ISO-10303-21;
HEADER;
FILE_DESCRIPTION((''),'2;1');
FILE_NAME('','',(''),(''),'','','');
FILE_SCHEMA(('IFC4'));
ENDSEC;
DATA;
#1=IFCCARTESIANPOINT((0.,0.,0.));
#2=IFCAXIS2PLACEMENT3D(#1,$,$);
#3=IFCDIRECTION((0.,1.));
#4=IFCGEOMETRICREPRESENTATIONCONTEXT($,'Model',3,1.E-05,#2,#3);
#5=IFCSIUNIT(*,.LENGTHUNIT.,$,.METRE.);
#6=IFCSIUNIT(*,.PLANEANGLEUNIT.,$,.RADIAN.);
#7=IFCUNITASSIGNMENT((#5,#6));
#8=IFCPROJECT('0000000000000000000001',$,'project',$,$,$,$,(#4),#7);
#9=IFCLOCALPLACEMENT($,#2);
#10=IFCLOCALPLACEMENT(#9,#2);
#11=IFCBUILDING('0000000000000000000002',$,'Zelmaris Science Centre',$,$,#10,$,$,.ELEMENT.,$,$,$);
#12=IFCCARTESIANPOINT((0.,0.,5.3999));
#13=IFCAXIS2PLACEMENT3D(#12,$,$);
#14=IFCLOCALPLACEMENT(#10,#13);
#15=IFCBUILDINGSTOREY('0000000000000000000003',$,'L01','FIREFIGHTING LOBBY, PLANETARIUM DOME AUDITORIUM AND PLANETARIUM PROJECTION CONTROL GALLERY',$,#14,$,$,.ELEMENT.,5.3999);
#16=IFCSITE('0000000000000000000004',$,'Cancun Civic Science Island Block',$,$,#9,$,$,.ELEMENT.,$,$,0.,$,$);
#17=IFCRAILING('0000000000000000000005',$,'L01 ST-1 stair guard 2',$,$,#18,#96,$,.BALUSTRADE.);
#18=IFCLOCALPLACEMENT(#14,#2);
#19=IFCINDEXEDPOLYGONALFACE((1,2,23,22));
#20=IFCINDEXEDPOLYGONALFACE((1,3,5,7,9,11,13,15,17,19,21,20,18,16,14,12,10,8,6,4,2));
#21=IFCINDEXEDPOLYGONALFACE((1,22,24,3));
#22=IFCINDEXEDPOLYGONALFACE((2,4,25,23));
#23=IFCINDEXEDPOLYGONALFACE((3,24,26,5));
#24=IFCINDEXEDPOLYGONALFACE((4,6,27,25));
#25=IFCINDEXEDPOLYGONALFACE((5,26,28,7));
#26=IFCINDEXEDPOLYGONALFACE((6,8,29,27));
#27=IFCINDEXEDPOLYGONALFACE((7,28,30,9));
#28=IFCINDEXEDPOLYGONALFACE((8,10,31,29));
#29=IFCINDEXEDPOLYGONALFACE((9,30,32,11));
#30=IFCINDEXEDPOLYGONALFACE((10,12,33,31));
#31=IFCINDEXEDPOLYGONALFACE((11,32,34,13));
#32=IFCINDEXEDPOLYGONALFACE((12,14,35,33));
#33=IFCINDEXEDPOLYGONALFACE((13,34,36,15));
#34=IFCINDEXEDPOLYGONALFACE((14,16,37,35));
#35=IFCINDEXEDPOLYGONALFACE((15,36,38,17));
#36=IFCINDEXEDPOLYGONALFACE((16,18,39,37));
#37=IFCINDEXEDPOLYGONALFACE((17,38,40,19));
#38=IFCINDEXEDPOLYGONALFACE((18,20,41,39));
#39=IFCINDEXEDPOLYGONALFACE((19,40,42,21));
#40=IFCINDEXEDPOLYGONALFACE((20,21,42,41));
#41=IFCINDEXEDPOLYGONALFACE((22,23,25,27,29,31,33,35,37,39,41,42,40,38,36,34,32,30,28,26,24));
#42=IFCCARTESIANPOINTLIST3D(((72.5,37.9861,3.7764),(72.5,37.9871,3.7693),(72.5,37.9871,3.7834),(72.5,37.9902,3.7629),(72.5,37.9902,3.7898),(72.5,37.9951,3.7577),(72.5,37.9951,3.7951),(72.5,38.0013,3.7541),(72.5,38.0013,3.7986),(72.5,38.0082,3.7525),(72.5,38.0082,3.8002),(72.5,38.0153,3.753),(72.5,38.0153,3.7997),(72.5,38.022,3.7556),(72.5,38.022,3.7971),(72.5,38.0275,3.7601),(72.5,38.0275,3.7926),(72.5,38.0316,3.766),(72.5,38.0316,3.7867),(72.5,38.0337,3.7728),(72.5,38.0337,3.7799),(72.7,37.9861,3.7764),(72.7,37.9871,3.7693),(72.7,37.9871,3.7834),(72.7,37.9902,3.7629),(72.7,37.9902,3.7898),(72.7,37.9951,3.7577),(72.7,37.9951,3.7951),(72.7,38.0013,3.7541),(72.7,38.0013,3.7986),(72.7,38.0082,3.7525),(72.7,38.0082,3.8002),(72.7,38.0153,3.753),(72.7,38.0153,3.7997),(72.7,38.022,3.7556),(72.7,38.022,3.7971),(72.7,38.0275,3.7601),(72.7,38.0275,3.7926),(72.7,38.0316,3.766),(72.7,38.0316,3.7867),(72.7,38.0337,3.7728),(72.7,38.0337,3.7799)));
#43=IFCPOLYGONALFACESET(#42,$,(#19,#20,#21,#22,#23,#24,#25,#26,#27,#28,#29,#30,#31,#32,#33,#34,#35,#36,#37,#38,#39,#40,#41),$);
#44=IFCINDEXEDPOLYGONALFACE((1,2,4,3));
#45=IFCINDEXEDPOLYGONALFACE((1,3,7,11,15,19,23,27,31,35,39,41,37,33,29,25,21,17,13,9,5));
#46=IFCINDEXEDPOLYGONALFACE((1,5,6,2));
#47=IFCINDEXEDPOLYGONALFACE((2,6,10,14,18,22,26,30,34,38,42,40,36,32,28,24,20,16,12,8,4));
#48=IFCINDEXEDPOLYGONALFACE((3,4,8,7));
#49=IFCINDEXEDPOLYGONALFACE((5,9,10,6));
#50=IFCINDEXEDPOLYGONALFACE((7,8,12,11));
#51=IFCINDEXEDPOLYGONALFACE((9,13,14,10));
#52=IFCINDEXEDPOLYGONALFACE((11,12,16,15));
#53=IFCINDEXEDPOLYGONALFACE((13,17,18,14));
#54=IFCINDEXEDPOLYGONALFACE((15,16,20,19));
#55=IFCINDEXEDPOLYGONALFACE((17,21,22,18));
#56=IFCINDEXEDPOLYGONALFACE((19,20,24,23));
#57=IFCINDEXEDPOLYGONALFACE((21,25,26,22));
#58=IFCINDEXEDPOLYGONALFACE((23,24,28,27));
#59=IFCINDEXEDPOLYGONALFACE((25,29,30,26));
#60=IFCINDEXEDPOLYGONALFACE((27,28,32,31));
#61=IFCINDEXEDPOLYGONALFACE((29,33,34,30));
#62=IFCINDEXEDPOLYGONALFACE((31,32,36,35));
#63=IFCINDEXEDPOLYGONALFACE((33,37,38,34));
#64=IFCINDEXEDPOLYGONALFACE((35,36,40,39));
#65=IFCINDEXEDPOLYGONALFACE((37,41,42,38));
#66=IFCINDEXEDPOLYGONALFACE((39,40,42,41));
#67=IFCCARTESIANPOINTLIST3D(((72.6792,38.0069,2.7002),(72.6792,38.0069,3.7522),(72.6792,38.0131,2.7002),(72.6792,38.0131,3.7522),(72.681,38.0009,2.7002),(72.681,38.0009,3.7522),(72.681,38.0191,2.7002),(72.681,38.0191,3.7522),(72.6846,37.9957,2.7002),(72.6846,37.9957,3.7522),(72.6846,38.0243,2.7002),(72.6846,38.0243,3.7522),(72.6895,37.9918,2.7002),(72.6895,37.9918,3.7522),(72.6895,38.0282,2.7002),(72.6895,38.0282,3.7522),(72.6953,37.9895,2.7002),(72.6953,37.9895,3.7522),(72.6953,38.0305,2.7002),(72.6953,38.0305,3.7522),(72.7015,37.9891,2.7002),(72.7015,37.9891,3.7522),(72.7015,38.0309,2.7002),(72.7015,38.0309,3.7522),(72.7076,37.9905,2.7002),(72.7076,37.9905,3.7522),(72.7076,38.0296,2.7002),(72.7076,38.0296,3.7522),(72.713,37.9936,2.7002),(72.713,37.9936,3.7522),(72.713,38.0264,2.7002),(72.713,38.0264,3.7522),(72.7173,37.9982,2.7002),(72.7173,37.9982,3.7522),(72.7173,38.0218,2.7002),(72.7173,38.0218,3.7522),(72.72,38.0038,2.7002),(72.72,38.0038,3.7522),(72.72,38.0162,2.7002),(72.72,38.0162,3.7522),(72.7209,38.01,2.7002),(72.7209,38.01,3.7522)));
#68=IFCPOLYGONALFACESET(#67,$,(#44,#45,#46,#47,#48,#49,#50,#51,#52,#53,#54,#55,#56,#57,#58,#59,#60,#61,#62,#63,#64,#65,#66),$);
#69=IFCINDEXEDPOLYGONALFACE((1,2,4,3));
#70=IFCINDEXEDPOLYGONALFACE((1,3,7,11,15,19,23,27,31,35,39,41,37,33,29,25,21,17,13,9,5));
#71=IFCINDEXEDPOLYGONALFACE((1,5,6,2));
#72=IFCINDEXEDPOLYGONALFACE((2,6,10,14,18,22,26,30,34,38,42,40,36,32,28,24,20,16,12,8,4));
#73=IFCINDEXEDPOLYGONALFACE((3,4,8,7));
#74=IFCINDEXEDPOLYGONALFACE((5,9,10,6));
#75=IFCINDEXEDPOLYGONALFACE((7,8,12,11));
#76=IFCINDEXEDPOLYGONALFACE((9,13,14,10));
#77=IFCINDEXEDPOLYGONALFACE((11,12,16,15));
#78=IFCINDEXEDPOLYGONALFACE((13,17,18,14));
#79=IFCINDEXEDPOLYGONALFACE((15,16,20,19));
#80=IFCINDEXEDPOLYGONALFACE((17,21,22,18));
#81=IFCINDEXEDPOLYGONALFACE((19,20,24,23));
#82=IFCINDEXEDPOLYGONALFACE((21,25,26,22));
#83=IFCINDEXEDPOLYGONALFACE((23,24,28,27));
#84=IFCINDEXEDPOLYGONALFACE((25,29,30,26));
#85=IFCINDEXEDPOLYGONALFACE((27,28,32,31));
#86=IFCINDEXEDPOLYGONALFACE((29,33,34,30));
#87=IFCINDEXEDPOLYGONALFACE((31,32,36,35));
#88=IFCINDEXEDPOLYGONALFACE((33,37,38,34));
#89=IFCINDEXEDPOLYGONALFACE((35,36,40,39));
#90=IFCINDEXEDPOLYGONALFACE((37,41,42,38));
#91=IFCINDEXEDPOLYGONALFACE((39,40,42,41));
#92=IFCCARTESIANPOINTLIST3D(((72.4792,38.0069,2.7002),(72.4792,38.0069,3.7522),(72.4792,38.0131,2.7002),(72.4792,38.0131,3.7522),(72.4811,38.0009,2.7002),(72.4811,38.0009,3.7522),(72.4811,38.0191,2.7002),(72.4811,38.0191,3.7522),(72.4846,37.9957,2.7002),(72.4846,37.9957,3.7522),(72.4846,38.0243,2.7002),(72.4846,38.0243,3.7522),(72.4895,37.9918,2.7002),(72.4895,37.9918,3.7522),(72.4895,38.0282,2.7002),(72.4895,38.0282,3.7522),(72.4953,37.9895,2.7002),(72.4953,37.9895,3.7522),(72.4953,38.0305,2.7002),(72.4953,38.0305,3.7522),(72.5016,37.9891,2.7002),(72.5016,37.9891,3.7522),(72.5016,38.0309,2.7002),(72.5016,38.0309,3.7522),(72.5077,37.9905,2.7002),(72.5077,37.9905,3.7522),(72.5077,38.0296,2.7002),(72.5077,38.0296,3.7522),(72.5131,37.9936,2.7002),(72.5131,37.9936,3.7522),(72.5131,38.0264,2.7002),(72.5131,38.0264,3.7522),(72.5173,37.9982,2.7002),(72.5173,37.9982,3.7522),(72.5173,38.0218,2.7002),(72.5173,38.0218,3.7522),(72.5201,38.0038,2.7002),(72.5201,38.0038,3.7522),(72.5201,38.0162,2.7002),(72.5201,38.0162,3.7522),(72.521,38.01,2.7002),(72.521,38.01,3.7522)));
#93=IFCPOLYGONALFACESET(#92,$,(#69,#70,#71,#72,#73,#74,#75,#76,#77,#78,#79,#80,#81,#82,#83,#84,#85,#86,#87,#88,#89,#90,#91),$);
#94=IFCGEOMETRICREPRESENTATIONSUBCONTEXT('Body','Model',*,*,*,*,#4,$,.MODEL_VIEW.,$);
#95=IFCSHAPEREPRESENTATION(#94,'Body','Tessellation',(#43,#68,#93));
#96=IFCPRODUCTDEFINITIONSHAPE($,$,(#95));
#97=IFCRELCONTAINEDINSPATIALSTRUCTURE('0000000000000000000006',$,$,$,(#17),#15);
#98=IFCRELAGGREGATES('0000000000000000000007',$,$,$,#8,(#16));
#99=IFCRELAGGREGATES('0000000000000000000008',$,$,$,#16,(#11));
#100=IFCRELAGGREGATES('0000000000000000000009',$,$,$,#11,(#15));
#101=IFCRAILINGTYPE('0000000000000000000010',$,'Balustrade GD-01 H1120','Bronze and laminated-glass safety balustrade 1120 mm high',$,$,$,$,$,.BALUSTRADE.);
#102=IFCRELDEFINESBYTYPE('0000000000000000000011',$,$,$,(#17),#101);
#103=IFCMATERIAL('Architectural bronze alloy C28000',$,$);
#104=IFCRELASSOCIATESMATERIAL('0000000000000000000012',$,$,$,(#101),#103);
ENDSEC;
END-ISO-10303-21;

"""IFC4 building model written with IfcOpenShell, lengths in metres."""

from ifc_helpers import new_model, si_unit, direction, frame, origin, origin_2d, place, context, subcontext, project, spatial, circle, extrude, material, type_object, element, save


model = new_model("IFC4")

# Units and contexts
model_context = context("Model", 3, precision=1e-05, world=origin(), true_north=direction((0.0, 1.0)))
body_context = subcontext(model_context, "Body", "Model", "MODEL_VIEW")
ifc_project = project(units=[si_unit("LENGTHUNIT", "METRE"), si_unit("PLANEANGLEUNIT", "RADIAN")], contexts=[model_context])

# Site, building, storey
site_placement = place(None, origin())
site = spatial("IfcSite", under=ifc_project, at=site_placement, Name="Cancun Civic Science Island Block", CompositionType="ELEMENT", RefElevation=0.0)
building_placement = place(site_placement, origin())
building = spatial("IfcBuilding", under=site, at=building_placement, Name="Zelmaris Science Centre", CompositionType="ELEMENT")
storey_placement = place(building_placement, frame((0.0, 0.0, 5.3999)))
storey = spatial("IfcBuildingStorey", under=building, at=storey_placement, Name="L01", Description="FIREFIGHTING LOBBY, PLANETARIUM DOME AUDITORIUM AND PLANETARIUM PROJECTION CONTROL GALLERY", CompositionType="ELEMENT", Elevation=5.3999)

# Railing
ifc_material_1 = material(Name="Architectural bronze alloy C28000")
railing_type_1 = type_object("IfcRailingType", Name="Balustrade GD-01 H1120", Description="Bronze and laminated-glass safety balustrade 1120 mm high", PredefinedType="BALUSTRADE", material=ifc_material_1)
railing_1_placement = place(storey_placement, frame((72.7, 38.01, 2.7002)))
element("IfcRailing", 1, at=railing_1_placement, inside=storey, type_object=railing_type_1, Name="L01 ST-1 stair guard 2", PredefinedType="BALUSTRADE", context=body_context, shape_type="SweptSolid", body=[
    extrude(circle(Radius=0.0239, at=origin_2d()), frame((0.0, 0.0, 1.0762), z_axis=(-1.0, 0.0, 0.0), x_axis=(0.0, -1.0, 0.0)), (0.0, 0.0, 1.0), 0.2),
    extrude(circle(Radius=0.021, at=origin_2d()), origin(), (0.0, 0.0, 1.0), 1.052),
    extrude(circle(Radius=0.021, at=origin_2d()), frame((-0.2, 0.0, 0.0)), (0.0, 0.0, 1.0), 1.052),
])

save(model, "model.ifc")
